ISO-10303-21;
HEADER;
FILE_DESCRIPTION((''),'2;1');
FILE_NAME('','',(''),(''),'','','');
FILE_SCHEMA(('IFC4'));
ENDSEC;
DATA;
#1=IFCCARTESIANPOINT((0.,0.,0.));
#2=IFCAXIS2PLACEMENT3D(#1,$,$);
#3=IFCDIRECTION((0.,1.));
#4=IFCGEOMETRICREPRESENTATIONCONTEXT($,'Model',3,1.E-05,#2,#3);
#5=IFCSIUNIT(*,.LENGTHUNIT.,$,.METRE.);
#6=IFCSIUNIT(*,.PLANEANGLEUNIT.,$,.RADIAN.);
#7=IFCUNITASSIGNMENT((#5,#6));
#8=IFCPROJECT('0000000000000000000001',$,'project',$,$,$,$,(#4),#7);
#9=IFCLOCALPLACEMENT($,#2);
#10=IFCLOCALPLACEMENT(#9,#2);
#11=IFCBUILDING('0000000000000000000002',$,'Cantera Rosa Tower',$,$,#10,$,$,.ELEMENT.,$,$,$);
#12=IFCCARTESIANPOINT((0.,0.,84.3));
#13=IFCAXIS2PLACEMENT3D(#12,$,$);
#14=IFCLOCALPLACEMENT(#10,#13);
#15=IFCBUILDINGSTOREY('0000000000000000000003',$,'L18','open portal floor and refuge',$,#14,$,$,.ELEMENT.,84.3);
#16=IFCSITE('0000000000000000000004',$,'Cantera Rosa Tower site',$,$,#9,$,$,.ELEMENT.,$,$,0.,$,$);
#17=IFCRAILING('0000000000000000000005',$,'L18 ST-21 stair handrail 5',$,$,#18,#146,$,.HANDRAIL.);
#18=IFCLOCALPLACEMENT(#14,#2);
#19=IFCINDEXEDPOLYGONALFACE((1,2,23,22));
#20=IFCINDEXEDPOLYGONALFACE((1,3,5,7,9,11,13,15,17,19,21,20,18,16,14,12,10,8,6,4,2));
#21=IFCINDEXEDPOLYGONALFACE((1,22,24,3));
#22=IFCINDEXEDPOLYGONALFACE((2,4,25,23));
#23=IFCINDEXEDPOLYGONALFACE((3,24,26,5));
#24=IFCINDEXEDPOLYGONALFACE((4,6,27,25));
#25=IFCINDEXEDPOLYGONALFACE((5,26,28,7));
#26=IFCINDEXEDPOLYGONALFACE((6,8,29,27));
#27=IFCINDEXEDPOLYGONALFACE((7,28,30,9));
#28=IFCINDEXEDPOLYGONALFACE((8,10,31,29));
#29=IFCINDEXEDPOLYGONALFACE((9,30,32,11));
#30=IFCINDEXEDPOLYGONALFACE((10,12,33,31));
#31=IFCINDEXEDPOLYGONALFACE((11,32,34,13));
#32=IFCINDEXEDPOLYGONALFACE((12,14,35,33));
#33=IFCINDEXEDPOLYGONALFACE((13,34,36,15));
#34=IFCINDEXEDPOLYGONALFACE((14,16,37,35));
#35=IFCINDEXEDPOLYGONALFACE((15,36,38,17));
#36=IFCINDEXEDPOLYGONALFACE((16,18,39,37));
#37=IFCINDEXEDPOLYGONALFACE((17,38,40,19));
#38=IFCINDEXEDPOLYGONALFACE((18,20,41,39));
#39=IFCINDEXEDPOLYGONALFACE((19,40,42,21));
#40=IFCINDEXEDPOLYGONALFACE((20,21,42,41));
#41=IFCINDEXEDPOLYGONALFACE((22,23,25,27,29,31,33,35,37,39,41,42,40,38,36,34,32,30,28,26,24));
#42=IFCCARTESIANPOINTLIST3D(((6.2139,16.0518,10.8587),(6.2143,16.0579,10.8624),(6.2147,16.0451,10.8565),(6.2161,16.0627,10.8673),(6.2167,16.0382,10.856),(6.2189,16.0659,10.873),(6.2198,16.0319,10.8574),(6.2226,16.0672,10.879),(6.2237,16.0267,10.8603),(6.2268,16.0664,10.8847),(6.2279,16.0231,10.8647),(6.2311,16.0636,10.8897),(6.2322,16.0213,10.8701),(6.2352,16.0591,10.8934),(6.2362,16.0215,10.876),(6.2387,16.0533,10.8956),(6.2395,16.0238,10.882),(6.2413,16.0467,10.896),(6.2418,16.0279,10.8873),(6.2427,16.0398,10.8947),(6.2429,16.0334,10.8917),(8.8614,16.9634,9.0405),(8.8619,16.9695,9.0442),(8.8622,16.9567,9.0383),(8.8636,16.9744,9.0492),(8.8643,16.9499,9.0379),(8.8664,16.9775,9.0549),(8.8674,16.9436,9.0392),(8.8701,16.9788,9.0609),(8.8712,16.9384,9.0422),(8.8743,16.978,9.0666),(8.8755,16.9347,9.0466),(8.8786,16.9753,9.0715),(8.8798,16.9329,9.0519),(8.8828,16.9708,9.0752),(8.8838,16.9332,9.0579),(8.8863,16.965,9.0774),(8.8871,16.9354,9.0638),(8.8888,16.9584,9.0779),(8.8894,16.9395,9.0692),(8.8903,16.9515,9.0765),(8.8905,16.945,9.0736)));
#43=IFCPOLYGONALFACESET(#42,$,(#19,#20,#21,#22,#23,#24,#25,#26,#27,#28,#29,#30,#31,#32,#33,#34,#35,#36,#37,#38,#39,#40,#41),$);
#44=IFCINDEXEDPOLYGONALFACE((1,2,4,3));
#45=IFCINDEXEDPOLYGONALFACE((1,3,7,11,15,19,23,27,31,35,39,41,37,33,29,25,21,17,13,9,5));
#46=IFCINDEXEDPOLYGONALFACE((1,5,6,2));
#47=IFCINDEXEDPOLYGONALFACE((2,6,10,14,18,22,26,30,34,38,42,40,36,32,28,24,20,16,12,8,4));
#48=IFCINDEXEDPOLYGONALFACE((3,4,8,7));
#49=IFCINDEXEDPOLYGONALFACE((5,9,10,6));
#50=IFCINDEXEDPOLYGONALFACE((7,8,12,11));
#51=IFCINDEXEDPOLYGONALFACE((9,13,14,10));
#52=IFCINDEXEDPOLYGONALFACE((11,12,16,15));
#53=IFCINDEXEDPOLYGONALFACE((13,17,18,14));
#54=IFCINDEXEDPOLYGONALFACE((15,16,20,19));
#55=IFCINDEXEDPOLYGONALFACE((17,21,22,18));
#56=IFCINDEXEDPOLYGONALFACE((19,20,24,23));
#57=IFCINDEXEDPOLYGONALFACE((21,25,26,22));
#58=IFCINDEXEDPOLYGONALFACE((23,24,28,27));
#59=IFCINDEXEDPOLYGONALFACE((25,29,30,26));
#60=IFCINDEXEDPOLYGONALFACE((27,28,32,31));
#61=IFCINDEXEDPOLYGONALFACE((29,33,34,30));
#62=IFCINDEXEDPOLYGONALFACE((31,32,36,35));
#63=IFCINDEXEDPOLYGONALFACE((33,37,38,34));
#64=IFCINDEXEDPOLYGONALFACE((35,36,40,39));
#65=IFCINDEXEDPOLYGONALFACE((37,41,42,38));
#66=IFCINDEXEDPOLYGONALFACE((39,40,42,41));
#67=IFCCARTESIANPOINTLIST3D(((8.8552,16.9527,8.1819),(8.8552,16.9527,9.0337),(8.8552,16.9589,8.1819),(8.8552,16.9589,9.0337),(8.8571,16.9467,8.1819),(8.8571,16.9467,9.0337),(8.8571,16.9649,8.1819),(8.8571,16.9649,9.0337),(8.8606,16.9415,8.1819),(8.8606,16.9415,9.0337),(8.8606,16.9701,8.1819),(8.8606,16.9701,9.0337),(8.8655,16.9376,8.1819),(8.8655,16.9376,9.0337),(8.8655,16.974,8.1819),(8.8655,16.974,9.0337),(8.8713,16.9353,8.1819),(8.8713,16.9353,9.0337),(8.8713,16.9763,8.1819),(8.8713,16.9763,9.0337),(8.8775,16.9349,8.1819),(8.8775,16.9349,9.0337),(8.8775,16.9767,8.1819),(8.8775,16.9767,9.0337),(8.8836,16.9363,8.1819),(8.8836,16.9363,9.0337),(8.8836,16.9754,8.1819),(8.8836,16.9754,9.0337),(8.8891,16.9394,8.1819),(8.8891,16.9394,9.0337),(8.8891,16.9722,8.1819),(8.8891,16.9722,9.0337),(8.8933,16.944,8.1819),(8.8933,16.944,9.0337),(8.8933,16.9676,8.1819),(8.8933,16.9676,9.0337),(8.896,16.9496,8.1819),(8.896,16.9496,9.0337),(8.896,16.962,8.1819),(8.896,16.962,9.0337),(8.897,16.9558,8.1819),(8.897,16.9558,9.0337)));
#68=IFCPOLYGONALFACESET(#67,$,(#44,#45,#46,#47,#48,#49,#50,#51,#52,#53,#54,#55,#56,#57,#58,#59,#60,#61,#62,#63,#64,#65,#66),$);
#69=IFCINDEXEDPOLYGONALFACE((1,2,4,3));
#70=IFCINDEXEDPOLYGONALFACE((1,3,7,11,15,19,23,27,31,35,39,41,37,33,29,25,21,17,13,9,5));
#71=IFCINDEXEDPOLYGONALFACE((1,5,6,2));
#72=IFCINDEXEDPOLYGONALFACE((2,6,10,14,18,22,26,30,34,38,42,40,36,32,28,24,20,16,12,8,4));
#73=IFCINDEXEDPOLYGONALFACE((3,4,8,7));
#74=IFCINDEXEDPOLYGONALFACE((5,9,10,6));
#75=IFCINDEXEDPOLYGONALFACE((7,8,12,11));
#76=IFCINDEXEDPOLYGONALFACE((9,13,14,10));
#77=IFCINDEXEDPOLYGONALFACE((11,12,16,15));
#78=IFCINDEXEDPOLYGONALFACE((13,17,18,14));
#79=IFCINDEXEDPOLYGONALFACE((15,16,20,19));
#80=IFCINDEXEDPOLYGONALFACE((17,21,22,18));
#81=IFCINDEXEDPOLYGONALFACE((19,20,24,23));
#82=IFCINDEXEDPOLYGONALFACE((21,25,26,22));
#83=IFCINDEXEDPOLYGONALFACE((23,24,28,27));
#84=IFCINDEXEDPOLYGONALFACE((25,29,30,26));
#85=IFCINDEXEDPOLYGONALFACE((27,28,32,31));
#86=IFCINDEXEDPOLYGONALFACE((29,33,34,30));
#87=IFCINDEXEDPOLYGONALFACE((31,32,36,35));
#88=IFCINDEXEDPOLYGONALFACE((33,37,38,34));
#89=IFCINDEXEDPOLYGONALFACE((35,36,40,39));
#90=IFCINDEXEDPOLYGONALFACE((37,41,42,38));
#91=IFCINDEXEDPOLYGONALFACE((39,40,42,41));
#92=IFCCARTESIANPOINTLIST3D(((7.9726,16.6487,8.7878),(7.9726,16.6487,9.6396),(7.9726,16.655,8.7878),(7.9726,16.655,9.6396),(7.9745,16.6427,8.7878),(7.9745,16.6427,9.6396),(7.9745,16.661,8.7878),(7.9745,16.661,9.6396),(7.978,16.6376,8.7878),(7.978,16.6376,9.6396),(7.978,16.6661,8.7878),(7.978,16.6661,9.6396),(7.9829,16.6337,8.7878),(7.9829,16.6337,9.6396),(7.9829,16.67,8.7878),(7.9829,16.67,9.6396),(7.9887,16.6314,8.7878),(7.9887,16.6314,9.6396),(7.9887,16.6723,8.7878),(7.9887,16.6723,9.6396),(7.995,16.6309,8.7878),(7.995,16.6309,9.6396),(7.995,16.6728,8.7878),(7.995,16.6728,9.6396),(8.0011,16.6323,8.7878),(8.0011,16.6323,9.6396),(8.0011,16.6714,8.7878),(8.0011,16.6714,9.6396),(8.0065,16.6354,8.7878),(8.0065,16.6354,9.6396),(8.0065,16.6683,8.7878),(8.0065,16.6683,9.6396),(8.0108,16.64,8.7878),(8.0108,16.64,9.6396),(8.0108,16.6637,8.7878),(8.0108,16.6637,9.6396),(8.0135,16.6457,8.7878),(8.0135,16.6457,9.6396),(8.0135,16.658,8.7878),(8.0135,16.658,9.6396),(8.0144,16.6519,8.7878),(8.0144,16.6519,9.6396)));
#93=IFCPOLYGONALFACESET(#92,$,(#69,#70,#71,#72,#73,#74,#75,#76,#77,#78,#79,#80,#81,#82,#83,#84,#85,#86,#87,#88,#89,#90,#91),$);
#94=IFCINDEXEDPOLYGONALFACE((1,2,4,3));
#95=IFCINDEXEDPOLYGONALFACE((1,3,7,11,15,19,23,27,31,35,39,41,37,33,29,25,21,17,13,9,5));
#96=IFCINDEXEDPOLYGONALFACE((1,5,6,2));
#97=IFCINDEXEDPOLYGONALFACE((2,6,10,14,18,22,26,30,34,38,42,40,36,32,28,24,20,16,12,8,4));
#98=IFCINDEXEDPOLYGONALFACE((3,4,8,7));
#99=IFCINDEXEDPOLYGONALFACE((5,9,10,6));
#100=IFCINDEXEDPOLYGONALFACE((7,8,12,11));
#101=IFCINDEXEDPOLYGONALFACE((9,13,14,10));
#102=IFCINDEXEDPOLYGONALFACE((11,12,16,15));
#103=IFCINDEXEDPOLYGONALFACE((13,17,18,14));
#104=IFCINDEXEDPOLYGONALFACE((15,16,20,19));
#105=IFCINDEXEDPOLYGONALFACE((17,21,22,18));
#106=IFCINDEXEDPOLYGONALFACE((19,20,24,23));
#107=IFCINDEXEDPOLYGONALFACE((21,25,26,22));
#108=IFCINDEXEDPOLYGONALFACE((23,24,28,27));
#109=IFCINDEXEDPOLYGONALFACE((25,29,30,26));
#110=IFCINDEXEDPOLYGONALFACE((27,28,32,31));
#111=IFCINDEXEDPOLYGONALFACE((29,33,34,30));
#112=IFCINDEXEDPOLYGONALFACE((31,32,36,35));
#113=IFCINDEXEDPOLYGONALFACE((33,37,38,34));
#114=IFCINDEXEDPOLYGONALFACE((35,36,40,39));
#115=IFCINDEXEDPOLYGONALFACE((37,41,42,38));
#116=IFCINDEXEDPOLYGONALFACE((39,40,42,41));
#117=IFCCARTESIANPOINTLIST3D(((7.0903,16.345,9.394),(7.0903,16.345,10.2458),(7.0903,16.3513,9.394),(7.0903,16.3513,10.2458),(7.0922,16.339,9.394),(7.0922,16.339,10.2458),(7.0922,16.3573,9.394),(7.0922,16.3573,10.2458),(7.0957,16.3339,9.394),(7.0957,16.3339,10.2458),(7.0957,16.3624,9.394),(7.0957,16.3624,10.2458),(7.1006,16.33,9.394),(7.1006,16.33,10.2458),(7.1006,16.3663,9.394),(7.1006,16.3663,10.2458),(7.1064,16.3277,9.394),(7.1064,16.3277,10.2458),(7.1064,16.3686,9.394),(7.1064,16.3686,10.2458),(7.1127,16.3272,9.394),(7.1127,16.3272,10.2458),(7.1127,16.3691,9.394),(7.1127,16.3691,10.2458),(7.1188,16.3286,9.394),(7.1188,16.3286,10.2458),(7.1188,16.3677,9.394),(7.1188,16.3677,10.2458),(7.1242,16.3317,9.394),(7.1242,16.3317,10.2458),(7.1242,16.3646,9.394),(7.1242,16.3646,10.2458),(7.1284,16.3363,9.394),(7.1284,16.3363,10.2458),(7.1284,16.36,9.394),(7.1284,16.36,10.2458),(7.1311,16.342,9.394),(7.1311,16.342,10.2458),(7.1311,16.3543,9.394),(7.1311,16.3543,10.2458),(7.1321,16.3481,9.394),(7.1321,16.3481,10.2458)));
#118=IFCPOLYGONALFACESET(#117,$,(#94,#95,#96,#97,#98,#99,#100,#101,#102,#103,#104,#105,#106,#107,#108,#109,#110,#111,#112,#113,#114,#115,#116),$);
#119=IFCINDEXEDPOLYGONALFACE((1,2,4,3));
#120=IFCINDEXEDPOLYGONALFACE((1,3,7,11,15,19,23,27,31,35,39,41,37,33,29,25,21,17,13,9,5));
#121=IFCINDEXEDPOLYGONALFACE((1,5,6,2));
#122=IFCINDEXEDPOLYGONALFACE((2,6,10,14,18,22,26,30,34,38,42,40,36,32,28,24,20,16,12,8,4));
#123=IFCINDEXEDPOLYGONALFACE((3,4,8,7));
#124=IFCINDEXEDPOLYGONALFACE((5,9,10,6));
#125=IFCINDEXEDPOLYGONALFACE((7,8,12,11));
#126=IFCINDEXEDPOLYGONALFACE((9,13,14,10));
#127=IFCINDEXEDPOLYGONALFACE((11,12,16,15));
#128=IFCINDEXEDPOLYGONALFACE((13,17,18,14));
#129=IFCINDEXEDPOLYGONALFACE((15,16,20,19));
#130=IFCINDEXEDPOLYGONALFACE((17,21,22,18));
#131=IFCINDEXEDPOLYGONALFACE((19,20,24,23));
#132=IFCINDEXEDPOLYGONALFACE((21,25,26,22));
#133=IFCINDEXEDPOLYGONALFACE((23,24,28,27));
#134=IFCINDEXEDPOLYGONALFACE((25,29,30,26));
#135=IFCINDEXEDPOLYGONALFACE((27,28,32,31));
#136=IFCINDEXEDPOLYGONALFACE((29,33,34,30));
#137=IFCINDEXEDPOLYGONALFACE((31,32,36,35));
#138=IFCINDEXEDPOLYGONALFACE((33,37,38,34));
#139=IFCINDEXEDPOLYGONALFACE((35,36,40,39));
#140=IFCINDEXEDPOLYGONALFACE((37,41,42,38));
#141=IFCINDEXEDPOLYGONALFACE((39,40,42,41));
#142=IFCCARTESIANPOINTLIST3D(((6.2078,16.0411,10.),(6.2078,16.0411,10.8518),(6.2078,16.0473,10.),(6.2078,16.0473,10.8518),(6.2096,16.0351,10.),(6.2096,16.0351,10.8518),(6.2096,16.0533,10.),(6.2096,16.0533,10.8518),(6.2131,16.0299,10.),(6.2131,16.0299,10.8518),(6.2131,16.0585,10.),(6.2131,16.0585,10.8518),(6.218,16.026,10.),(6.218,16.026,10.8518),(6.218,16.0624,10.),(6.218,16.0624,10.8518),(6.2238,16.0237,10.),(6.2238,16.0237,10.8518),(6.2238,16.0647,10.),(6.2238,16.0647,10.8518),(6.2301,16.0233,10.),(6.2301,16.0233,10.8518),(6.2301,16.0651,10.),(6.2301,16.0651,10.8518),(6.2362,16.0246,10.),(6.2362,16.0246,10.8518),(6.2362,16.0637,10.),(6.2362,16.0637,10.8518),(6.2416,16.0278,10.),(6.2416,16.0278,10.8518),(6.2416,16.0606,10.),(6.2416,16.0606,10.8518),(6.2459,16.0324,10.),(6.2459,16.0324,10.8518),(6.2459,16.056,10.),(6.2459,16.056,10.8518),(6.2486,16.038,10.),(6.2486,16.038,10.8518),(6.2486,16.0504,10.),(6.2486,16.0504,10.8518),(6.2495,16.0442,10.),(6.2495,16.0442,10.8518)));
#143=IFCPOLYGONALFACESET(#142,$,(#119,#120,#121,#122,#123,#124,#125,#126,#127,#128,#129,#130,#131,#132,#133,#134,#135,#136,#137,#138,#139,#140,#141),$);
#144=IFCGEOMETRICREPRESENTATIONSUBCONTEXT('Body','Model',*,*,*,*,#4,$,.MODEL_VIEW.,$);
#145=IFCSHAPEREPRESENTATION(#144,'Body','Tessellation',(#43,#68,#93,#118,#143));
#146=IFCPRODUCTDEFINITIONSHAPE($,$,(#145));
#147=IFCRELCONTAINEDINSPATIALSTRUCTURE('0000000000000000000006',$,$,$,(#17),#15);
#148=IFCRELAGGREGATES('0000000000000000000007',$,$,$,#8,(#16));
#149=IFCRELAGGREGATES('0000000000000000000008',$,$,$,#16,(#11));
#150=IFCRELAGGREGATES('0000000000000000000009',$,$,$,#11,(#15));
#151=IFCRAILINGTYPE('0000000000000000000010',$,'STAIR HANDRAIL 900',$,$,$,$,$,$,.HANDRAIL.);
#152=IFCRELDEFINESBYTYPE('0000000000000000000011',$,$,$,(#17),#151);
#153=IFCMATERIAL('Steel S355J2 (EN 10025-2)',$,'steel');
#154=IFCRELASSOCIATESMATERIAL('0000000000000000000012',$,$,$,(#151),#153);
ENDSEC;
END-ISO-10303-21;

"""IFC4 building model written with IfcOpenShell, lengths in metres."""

from ifc_helpers import new_model, si_unit, direction, frame, origin, origin_2d, place, context, subcontext, project, spatial, circle, extrude, material, type_object, element, save


model = new_model("IFC4")

# Units and contexts
model_context = context("Model", 3, precision=1e-05, world=origin(), true_north=direction((0.0, 1.0)))
body_context = subcontext(model_context, "Body", "Model", "MODEL_VIEW")
ifc_project = project(units=[si_unit("LENGTHUNIT", "METRE"), si_unit("PLANEANGLEUNIT", "RADIAN")], contexts=[model_context])

# Site, building, storey
site_placement = place(None, origin())
site = spatial("IfcSite", under=ifc_project, at=site_placement, Name="Cantera Rosa Tower site", CompositionType="ELEMENT", RefElevation=0.0)
building_placement = place(site_placement, origin())
building = spatial("IfcBuilding", under=site, at=building_placement, Name="Cantera Rosa Tower", CompositionType="ELEMENT")
storey_placement = place(building_placement, frame((0.0, 0.0, 84.3)))
storey = spatial("IfcBuildingStorey", under=building, at=storey_placement, Name="L18", Description="open portal floor and refuge", CompositionType="ELEMENT", Elevation=84.3)

# Railing
ifc_material_1 = material(Name="Steel S355J2 (EN 10025-2)", Category="steel")
railing_type_1 = type_object("IfcRailingType", Name="STAIR HANDRAIL 900", PredefinedType="HANDRAIL", material=ifc_material_1)
for number, where, name in (
    (1, (8.876, 16.9558, 8.1819), "L18 ST-21 stair handrail 5"),
):
    element("IfcRailing", number, at=place(storey_placement, frame(where)), inside=storey, type_object=railing_type_1, Name=name, PredefinedType="HANDRAIL", context=body_context, shape_type="SweptSolid", body=[
        extrude(circle(Radius=0.0239, at=origin_2d()), frame((0.0, 0.0, 0.876), z_axis=(-0.793007, -0.273062, 0.544589), x_axis=(0.325577, -0.945516, 0.0)), (0.0, 0.0, 1.0), 3.3386),
        extrude(circle(Radius=0.021, at=origin_2d()), origin(), (0.0, 0.0, 1.0), 0.8518),
        extrude(circle(Radius=0.021, at=origin_2d()), frame((-0.8826, -0.304, 0.606)), (0.0, 0.0, 1.0), 0.8518),
        extrude(circle(Radius=0.021, at=origin_2d()), frame((-1.7649, -0.6077, 1.2122)), (0.0, 0.0, 1.0), 0.8518),
        extrude(circle(Radius=0.021, at=origin_2d()), frame((-2.6475, -0.9116, 1.8181)), (0.0, 0.0, 1.0), 0.8518),
    ])

save(model, "model.ifc")
